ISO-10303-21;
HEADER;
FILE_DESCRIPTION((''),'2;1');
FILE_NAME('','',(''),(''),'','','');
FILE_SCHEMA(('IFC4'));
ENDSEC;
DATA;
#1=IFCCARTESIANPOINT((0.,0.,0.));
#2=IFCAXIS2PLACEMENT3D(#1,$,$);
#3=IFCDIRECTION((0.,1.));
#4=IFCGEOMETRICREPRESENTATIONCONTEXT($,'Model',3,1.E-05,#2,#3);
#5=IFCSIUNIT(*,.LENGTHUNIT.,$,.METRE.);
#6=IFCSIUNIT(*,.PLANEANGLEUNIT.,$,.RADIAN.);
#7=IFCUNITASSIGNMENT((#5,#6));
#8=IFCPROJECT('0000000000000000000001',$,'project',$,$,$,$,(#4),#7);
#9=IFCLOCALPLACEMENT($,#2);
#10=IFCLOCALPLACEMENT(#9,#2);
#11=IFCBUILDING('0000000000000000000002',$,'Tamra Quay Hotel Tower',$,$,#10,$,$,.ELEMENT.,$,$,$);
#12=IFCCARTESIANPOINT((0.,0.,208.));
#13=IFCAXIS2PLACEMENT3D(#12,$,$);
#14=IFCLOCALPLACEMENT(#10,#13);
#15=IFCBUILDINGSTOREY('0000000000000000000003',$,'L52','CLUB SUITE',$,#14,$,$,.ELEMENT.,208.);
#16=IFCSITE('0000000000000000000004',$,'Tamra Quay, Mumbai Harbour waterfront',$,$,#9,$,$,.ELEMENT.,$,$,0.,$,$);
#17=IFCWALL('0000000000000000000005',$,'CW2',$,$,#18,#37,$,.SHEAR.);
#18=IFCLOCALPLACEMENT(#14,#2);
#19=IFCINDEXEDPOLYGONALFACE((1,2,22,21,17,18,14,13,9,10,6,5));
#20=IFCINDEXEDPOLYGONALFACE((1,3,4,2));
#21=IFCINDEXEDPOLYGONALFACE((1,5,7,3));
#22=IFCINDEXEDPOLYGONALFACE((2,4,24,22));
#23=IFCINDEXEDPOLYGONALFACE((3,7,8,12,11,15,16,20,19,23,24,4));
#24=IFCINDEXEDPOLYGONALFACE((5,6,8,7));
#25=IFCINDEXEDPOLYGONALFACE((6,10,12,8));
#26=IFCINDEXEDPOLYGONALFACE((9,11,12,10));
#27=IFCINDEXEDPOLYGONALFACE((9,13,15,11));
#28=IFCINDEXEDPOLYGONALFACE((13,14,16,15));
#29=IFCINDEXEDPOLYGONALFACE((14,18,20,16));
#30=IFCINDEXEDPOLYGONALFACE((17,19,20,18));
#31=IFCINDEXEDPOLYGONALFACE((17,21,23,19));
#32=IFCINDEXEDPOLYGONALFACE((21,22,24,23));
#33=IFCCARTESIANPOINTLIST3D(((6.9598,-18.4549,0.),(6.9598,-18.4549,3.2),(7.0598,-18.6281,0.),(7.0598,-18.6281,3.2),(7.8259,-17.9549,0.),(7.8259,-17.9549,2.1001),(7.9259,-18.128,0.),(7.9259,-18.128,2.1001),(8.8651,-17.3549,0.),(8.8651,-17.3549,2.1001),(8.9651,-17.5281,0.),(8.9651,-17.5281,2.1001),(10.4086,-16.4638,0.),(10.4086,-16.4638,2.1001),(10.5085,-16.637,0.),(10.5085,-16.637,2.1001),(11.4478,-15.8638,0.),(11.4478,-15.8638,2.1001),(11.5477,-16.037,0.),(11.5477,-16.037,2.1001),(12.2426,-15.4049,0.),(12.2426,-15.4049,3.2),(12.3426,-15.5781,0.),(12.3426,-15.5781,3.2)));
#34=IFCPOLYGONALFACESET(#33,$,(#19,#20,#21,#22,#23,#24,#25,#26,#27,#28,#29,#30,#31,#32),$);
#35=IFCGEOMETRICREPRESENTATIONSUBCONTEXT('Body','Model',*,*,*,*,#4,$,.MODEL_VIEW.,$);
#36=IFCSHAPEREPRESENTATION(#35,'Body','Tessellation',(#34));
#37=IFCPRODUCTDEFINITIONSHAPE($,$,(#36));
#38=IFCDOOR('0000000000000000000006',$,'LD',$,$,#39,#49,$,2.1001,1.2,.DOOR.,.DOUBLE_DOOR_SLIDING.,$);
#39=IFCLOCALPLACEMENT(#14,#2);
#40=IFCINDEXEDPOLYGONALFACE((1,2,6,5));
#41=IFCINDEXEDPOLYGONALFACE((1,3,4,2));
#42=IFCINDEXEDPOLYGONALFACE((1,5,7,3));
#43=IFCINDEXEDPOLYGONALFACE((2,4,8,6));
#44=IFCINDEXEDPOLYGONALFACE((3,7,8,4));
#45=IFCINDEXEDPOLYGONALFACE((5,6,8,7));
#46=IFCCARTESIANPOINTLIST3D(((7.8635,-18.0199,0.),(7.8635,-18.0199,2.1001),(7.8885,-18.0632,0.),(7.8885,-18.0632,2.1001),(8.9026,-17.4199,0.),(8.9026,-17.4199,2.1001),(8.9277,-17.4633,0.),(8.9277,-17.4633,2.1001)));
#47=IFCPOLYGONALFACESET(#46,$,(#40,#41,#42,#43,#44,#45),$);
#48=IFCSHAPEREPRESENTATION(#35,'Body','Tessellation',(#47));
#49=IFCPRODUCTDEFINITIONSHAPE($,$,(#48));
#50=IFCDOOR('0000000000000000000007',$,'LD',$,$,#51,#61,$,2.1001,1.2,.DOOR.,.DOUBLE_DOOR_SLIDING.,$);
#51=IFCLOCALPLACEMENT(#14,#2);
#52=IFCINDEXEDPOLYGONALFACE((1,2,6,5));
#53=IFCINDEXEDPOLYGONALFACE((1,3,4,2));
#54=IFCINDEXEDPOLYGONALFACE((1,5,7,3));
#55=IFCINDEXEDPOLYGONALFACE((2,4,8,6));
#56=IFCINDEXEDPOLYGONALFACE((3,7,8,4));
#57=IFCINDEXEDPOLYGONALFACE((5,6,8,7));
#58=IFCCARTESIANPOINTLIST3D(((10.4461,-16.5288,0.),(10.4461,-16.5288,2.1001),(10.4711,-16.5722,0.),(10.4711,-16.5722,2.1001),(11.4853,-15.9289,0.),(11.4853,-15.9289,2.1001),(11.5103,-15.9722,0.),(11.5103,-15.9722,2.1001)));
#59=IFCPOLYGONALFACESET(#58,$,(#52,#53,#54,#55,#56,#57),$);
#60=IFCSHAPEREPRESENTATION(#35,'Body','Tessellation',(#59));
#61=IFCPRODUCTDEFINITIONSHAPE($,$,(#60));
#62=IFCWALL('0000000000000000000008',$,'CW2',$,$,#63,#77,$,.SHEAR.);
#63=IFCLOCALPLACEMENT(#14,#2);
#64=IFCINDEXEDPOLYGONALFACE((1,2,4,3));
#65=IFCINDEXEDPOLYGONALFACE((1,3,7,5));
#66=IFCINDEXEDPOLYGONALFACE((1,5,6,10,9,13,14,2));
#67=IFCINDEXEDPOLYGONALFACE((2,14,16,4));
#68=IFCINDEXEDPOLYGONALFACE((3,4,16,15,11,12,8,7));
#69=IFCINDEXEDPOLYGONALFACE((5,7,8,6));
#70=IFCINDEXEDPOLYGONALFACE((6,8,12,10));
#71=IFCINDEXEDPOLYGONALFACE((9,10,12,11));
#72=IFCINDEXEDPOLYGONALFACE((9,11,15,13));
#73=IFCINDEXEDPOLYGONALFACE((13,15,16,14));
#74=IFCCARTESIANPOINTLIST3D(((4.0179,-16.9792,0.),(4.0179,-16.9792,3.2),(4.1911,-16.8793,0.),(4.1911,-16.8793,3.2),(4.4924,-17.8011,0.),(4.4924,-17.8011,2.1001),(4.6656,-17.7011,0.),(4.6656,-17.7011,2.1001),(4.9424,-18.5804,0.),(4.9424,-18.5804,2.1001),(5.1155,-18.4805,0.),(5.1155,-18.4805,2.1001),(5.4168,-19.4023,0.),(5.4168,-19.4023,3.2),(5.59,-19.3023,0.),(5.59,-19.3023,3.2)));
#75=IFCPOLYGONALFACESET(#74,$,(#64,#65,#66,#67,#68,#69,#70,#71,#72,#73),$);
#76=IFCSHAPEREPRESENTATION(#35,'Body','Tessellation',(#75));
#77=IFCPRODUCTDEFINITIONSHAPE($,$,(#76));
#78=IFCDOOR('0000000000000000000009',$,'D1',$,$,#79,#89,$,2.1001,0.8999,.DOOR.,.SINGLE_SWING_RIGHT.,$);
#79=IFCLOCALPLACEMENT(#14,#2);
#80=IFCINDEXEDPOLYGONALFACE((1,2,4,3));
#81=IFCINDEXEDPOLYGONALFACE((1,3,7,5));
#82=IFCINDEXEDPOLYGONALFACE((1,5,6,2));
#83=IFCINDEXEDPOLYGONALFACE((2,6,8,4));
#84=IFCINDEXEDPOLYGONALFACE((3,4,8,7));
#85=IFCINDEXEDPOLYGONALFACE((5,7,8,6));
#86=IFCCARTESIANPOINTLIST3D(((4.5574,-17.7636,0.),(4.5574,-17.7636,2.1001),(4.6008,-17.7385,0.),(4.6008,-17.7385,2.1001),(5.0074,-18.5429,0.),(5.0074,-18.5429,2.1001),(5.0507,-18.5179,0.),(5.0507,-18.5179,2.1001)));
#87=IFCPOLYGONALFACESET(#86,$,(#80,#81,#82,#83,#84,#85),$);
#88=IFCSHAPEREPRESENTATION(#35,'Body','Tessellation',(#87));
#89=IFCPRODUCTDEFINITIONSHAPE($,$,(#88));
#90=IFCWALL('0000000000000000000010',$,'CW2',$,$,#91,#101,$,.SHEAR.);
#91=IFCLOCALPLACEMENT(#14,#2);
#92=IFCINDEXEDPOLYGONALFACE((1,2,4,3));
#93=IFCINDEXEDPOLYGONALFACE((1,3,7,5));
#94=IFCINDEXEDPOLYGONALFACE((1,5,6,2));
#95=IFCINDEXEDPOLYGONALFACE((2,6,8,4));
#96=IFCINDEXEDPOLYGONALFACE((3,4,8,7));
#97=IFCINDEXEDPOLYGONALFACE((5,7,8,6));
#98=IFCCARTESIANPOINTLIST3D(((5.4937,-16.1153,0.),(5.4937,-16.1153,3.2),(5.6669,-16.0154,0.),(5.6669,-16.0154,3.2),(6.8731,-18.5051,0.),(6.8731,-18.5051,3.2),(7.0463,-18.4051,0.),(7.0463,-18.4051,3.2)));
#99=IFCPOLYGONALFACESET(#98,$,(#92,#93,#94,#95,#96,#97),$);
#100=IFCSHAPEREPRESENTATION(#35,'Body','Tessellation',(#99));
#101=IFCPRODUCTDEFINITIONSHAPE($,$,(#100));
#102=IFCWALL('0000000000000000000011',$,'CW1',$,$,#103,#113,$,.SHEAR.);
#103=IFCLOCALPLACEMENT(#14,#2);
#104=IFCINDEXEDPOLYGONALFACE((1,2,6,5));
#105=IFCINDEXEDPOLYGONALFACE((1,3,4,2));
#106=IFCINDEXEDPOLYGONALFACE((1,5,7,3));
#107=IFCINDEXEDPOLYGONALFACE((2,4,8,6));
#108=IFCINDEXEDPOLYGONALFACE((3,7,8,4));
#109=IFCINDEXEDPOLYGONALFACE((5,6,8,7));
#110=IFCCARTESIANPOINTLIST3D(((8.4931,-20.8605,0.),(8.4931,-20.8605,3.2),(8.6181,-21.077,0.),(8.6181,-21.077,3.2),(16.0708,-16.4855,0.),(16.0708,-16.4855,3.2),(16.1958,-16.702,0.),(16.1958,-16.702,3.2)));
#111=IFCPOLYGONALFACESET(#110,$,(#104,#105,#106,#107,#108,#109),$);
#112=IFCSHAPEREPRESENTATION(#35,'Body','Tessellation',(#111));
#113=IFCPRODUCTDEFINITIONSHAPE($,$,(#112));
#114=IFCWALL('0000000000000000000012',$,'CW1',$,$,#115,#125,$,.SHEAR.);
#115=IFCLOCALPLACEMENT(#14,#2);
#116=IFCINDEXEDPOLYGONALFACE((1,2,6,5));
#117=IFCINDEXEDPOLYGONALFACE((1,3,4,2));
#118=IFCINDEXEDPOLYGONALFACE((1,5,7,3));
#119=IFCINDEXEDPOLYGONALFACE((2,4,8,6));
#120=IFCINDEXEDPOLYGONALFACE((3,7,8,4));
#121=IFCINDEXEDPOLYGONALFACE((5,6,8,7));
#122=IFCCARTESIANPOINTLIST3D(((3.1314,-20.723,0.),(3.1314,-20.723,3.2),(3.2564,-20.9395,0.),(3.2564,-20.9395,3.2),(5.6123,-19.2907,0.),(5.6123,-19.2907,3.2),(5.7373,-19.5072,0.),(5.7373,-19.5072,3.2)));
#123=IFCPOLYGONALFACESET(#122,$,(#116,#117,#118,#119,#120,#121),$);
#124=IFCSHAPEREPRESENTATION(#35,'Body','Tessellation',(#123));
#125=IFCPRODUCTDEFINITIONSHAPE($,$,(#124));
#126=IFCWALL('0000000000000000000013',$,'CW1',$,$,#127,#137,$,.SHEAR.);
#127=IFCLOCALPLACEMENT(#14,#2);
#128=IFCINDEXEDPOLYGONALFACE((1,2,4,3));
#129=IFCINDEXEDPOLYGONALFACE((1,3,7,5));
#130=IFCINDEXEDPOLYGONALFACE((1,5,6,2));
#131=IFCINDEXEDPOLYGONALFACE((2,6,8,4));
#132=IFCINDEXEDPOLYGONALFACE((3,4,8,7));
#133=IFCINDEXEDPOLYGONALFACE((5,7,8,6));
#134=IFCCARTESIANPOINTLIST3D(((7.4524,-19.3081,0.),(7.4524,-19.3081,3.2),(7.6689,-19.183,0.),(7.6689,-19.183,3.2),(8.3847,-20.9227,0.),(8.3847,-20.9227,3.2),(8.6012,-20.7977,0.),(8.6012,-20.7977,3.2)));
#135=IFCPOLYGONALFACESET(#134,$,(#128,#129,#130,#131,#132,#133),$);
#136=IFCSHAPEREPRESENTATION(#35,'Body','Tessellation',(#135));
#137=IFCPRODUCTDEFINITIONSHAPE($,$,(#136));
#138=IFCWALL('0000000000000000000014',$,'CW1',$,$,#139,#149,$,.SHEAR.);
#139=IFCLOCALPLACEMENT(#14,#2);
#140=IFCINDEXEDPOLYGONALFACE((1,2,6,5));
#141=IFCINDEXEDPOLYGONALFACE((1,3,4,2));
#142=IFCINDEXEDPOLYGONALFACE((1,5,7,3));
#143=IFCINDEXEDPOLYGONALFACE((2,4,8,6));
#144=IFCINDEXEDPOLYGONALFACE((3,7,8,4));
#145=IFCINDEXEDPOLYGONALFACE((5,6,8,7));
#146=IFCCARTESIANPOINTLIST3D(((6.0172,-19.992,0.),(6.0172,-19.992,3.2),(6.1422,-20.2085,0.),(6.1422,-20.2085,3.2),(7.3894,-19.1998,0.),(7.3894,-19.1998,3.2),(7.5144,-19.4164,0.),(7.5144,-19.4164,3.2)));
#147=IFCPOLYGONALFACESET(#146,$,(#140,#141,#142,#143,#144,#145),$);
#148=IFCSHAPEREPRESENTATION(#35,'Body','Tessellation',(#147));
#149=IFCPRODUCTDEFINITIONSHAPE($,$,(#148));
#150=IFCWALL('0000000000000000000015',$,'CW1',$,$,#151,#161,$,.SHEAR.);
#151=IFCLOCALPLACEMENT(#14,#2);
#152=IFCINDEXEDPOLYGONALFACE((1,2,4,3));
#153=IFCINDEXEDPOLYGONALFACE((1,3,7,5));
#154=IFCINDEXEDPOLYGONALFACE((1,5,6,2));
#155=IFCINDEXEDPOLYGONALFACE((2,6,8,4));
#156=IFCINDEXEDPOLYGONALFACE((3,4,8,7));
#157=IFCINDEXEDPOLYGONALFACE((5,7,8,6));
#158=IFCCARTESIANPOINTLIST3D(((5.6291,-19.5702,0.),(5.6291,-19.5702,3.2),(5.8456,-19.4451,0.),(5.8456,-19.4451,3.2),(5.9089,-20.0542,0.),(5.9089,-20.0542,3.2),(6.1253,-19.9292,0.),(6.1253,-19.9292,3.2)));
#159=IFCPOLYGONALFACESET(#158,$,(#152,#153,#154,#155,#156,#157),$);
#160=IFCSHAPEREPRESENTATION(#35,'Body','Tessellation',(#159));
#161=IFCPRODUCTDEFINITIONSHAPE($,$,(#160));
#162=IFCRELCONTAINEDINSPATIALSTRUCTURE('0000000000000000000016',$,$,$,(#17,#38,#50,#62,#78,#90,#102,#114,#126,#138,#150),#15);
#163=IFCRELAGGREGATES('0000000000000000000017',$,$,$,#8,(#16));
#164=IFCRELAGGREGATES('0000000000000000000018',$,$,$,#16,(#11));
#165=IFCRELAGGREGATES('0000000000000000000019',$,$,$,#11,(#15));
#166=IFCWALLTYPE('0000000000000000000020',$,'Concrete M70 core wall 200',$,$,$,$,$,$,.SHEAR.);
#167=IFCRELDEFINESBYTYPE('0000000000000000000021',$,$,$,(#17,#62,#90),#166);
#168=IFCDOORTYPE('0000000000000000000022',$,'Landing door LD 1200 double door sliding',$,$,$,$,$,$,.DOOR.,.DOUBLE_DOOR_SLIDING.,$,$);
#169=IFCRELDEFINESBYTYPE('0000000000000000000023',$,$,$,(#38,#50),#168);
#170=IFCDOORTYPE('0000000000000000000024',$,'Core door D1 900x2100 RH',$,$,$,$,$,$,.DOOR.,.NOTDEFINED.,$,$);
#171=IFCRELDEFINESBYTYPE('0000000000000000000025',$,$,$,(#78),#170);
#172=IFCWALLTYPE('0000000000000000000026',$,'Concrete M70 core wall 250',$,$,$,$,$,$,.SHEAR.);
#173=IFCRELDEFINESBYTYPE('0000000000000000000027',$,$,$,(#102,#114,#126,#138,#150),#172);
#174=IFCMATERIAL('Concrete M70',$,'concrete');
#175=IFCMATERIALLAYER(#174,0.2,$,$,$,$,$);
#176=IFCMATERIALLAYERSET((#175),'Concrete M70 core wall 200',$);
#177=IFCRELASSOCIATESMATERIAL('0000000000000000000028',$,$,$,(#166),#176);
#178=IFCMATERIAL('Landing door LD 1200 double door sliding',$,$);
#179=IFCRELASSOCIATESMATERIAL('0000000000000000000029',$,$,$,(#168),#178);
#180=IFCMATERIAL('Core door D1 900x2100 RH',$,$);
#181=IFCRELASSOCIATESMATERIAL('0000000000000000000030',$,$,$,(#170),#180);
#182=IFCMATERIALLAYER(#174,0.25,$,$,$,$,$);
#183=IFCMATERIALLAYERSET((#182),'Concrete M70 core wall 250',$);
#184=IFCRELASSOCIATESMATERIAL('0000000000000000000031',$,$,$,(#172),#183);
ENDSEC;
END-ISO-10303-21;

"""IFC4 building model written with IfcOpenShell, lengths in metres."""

from ifc_helpers import new_model, si_unit, direction, frame, frame_2d, origin, place, context, subcontext, project, spatial, rectangle, extrude, material, layer, layer_set, type_object, element, fill, save


model = new_model("IFC4")

# Units and contexts
model_context = context("Model", 3, precision=1e-05, world=origin(), true_north=direction((0.0, 1.0)))
body_context = subcontext(model_context, "Body", "Model", "MODEL_VIEW")
ifc_project = project(units=[si_unit("LENGTHUNIT", "METRE"), si_unit("PLANEANGLEUNIT", "RADIAN")], contexts=[model_context])

# Site, building, storey
site_placement = place(None, origin())
site = spatial("IfcSite", under=ifc_project, at=site_placement, Name="Tamra Quay, Mumbai Harbour waterfront", CompositionType="ELEMENT", RefElevation=0.0)
building_placement = place(site_placement, origin())
building = spatial("IfcBuilding", under=site, at=building_placement, Name="Tamra Quay Hotel Tower", CompositionType="ELEMENT")
storey_placement = place(building_placement, frame((0.0, 0.0, 208.0)))
storey = spatial("IfcBuildingStorey", under=building, at=storey_placement, Name="L52", Description="CLUB SUITE", CompositionType="ELEMENT", Elevation=208.0)

# Shared definitions
ifc_material_1 = material(Name="Concrete M70", Category="concrete")

# Wall, openings, doors
ifc_layer_1 = layer(ifc_material_1, 0.2)
ifc_layer_set_1 = layer_set([ifc_layer_1], Name="Concrete M70 core wall 200")
wall_type_1 = type_object("IfcWallType", Name="Concrete M70 core wall 200", PredefinedType="SHEAR", material=ifc_layer_set_1)
wall_1_placement = place(storey_placement, frame((7.0098, -18.5415, 0.0), z_axis=(0.0, 0.0, 1.0), x_axis=(0.86603, 0.499992, 0.0)))
wall_1 = element("IfcWall", 1, at=wall_1_placement, inside=storey, type_object=wall_type_1, Name="CW2", PredefinedType="SHEAR", context=body_context, shape_type="SweptSolid", body=[
    extrude(rectangle(XDim=6.1001, YDim=0.2, at=frame_2d((3.05, 0.0))), origin(), (0.0, 0.0, 1.0), 3.2),
])
opening_1_placement = place(wall_1_placement, frame((1.0, 0.0, 0.0)))
opening_1 = element("IfcOpeningElement", 2, at=opening_1_placement, cuts=wall_1, PredefinedType="OPENING", context=body_context, shape_type="SweptSolid", body=[
    extrude(rectangle(XDim=1.2, YDim=2.1001, at=frame_2d((0.6001, 1.05))), frame((0.0, 0.1099, 0.0), z_axis=(0.0, -1.0, 0.0), x_axis=(1.0, 0.0, 0.0)), (0.0, 0.0, 1.0), 0.22),
])
opening_2_placement = place(wall_1_placement, frame((3.9822, 0.0, 0.0)))
opening_2 = element("IfcOpeningElement", 3, at=opening_2_placement, cuts=wall_1, PredefinedType="OPENING", context=body_context, shape_type="SweptSolid", body=[
    extrude(rectangle(XDim=1.2, YDim=2.1001, at=frame_2d((0.6001, 1.05))), frame((0.0, 0.1099, 0.0), z_axis=(0.0, -1.0, 0.0), x_axis=(1.0, 0.0, 0.0)), (0.0, 0.0, 1.0), 0.22),
])
ifc_material_2 = material(Name="Landing door LD 1200 double door sliding")
door_type_1 = type_object("IfcDoorType", Name="Landing door LD 1200 double door sliding", OperationType="DOUBLE_DOOR_SLIDING", PredefinedType="DOOR", material=ifc_material_2)
door_1_placement = place(opening_1_placement, origin())
door_1 = element("IfcDoor", 4, at=door_1_placement, inside=storey, type_object=door_type_1, Name="LD", OperationType="DOUBLE_DOOR_SLIDING", OverallHeight=2.1001, OverallWidth=1.2, PredefinedType="DOOR", context=body_context, shape_type="SweptSolid", body=[
    extrude(rectangle(XDim=1.2, YDim=2.1001, at=frame_2d((0.6001, 1.05))), frame((0.0, 0.0249, 0.0), z_axis=(0.0, -1.0, 0.0), x_axis=(1.0, 0.0, 0.0)), (0.0, 0.0, 1.0), 0.05),
])
fill(opening_1, door_1)
door_2_placement = place(opening_2_placement, origin())
door_2 = element("IfcDoor", 5, at=door_2_placement, inside=storey, type_object=door_type_1, Name="LD", OperationType="DOUBLE_DOOR_SLIDING", OverallHeight=2.1001, OverallWidth=1.2, PredefinedType="DOOR", context=body_context, shape_type="SweptSolid", body=[
    extrude(rectangle(XDim=1.2, YDim=2.1001, at=frame_2d((0.6001, 1.05))), frame((0.0, 0.0249, 0.0), z_axis=(0.0, -1.0, 0.0), x_axis=(1.0, 0.0, 0.0)), (0.0, 0.0, 1.0), 0.05),
])
fill(opening_2, door_2)

# Wall, opening, door
wall_2_placement = place(storey_placement, frame((5.5034, -19.3523, 0.0), z_axis=(0.0, 0.0, 1.0), x_axis=(-0.499987, 0.866033, 0.0)))
wall_2 = element("IfcWall", 6, at=wall_2_placement, inside=storey, type_object=wall_type_1, Name="CW2", PredefinedType="SHEAR", context=body_context, shape_type="SweptSolid", body=[
    extrude(rectangle(XDim=2.7979, YDim=0.2, at=frame_2d((1.3989, 0.0))), origin(), (0.0, 0.0, 1.0), 3.2),
])
opening_3_placement = place(wall_2_placement, frame((0.949, 0.0, 0.0)))
opening_3 = element("IfcOpeningElement", 7, at=opening_3_placement, cuts=wall_2, PredefinedType="OPENING", context=body_context, shape_type="SweptSolid", body=[
    extrude(rectangle(XDim=0.8999, YDim=2.1001, at=frame_2d((0.45, 1.05))), frame((0.0, 0.1099, 0.0), z_axis=(0.0, -1.0, 0.0), x_axis=(1.0, 0.0, 0.0)), (0.0, 0.0, 1.0), 0.22),
])
ifc_material_3 = material(Name="Core door D1 900x2100 RH")
door_type_2 = type_object("IfcDoorType", Name="Core door D1 900x2100 RH", OperationType="NOTDEFINED", PredefinedType="DOOR", material=ifc_material_3)
door_3_placement = place(opening_3_placement, origin())
door_3 = element("IfcDoor", 8, at=door_3_placement, inside=storey, type_object=door_type_2, Name="D1", OperationType="SINGLE_SWING_RIGHT", OverallHeight=2.1001, OverallWidth=0.8999, PredefinedType="DOOR", context=body_context, shape_type="SweptSolid", body=[
    extrude(rectangle(XDim=0.8999, YDim=2.1001, at=frame_2d((0.45, 1.05))), frame((0.0, 0.0249, 0.0), z_axis=(0.0, -1.0, 0.0), x_axis=(1.0, 0.0, 0.0)), (0.0, 0.0, 1.0), 0.05),
])
fill(opening_3, door_3)

# Walls
wall_3_placement = place(storey_placement, frame((6.9597, -18.4551, 0.0), z_axis=(0.0, 0.0, 1.0), x_axis=(-0.499927, 0.866068, 0.0)))
element("IfcWall", 9, at=wall_3_placement, inside=storey, type_object=wall_type_1, Name="CW2", PredefinedType="SHEAR", context=body_context, shape_type="SweptSolid", body=[
    extrude(rectangle(XDim=2.7593, YDim=0.2, at=frame_2d((1.3796, 0.0))), origin(), (0.0, 0.0, 1.0), 3.2),
])
ifc_layer_2 = layer(ifc_material_1, 0.25)
ifc_layer_set_2 = layer_set([ifc_layer_2], Name="Concrete M70 core wall 250")
wall_type_2 = type_object("IfcWallType", Name="Concrete M70 core wall 250", PredefinedType="SHEAR", material=ifc_layer_set_2)
wall_4_placement = place(storey_placement, frame((16.1333, -16.5938, 0.0), z_axis=(0.0, 0.0, 1.0), x_axis=(-0.866023, -0.500004, 0.0)))
element("IfcWall", 10, at=wall_4_placement, inside=storey, type_object=wall_type_2, Name="CW1", PredefinedType="SHEAR", context=body_context, shape_type="SweptSolid", body=[
    extrude(rectangle(XDim=8.75, YDim=0.25, at=frame_2d((4.375, 0.0))), origin(), (0.0, 0.0, 1.0), 3.2),
])
wall_5_placement = place(storey_placement, frame((5.6748, -19.3989, 0.0), z_axis=(0.0, 0.0, 1.0), x_axis=(-0.866027, -0.499998, 0.0)))
element("IfcWall", 11, at=wall_5_placement, inside=storey, type_object=wall_type_2, Name="CW1", PredefinedType="SHEAR", context=body_context, shape_type="SweptSolid", body=[
    extrude(rectangle(XDim=2.8647, YDim=0.25, at=frame_2d((1.4324, 0.0))), origin(), (0.0, 0.0, 1.0), 3.2),
])
wall_6_placement = place(storey_placement, frame((8.4929, -20.8601, 0.0), z_axis=(0.0, 0.0, 1.0), x_axis=(-0.50004, 0.866002, 0.0)))
element("IfcWall", 12, at=wall_6_placement, inside=storey, type_object=wall_type_2, Name="CW1", PredefinedType="SHEAR", context=body_context, shape_type="SweptSolid", body=[
    extrude(rectangle(XDim=1.8645, YDim=0.25, at=frame_2d((0.9321, 0.0))), origin(), (0.0, 0.0, 1.0), 3.2),
])
wall_7_placement = place(storey_placement, frame((7.4519, -19.3081, 0.0), z_axis=(0.0, 0.0, 1.0), x_axis=(-0.866044, -0.499967, 0.0)))
element("IfcWall", 13, at=wall_7_placement, inside=storey, type_object=wall_type_2, Name="CW1", PredefinedType="SHEAR", context=body_context, shape_type="SweptSolid", body=[
    extrude(rectangle(XDim=1.5845, YDim=0.25, at=frame_2d((0.7922, 0.0))), origin(), (0.0, 0.0, 1.0), 3.2),
])
wall_8_placement = place(storey_placement, frame((6.0171, -19.9917, 0.0), z_axis=(0.0, 0.0, 1.0), x_axis=(-0.500365, 0.865815, 0.0)))
element("IfcWall", 14, at=wall_8_placement, inside=storey, type_object=wall_type_2, Name="CW1", PredefinedType="SHEAR", context=body_context, shape_type="SweptSolid", body=[
    extrude(rectangle(XDim=0.5591, YDim=0.25, at=frame_2d((0.2795, 0.0))), origin(), (0.0, 0.0, 1.0), 3.2),
])

save(model, "model.ifc")
